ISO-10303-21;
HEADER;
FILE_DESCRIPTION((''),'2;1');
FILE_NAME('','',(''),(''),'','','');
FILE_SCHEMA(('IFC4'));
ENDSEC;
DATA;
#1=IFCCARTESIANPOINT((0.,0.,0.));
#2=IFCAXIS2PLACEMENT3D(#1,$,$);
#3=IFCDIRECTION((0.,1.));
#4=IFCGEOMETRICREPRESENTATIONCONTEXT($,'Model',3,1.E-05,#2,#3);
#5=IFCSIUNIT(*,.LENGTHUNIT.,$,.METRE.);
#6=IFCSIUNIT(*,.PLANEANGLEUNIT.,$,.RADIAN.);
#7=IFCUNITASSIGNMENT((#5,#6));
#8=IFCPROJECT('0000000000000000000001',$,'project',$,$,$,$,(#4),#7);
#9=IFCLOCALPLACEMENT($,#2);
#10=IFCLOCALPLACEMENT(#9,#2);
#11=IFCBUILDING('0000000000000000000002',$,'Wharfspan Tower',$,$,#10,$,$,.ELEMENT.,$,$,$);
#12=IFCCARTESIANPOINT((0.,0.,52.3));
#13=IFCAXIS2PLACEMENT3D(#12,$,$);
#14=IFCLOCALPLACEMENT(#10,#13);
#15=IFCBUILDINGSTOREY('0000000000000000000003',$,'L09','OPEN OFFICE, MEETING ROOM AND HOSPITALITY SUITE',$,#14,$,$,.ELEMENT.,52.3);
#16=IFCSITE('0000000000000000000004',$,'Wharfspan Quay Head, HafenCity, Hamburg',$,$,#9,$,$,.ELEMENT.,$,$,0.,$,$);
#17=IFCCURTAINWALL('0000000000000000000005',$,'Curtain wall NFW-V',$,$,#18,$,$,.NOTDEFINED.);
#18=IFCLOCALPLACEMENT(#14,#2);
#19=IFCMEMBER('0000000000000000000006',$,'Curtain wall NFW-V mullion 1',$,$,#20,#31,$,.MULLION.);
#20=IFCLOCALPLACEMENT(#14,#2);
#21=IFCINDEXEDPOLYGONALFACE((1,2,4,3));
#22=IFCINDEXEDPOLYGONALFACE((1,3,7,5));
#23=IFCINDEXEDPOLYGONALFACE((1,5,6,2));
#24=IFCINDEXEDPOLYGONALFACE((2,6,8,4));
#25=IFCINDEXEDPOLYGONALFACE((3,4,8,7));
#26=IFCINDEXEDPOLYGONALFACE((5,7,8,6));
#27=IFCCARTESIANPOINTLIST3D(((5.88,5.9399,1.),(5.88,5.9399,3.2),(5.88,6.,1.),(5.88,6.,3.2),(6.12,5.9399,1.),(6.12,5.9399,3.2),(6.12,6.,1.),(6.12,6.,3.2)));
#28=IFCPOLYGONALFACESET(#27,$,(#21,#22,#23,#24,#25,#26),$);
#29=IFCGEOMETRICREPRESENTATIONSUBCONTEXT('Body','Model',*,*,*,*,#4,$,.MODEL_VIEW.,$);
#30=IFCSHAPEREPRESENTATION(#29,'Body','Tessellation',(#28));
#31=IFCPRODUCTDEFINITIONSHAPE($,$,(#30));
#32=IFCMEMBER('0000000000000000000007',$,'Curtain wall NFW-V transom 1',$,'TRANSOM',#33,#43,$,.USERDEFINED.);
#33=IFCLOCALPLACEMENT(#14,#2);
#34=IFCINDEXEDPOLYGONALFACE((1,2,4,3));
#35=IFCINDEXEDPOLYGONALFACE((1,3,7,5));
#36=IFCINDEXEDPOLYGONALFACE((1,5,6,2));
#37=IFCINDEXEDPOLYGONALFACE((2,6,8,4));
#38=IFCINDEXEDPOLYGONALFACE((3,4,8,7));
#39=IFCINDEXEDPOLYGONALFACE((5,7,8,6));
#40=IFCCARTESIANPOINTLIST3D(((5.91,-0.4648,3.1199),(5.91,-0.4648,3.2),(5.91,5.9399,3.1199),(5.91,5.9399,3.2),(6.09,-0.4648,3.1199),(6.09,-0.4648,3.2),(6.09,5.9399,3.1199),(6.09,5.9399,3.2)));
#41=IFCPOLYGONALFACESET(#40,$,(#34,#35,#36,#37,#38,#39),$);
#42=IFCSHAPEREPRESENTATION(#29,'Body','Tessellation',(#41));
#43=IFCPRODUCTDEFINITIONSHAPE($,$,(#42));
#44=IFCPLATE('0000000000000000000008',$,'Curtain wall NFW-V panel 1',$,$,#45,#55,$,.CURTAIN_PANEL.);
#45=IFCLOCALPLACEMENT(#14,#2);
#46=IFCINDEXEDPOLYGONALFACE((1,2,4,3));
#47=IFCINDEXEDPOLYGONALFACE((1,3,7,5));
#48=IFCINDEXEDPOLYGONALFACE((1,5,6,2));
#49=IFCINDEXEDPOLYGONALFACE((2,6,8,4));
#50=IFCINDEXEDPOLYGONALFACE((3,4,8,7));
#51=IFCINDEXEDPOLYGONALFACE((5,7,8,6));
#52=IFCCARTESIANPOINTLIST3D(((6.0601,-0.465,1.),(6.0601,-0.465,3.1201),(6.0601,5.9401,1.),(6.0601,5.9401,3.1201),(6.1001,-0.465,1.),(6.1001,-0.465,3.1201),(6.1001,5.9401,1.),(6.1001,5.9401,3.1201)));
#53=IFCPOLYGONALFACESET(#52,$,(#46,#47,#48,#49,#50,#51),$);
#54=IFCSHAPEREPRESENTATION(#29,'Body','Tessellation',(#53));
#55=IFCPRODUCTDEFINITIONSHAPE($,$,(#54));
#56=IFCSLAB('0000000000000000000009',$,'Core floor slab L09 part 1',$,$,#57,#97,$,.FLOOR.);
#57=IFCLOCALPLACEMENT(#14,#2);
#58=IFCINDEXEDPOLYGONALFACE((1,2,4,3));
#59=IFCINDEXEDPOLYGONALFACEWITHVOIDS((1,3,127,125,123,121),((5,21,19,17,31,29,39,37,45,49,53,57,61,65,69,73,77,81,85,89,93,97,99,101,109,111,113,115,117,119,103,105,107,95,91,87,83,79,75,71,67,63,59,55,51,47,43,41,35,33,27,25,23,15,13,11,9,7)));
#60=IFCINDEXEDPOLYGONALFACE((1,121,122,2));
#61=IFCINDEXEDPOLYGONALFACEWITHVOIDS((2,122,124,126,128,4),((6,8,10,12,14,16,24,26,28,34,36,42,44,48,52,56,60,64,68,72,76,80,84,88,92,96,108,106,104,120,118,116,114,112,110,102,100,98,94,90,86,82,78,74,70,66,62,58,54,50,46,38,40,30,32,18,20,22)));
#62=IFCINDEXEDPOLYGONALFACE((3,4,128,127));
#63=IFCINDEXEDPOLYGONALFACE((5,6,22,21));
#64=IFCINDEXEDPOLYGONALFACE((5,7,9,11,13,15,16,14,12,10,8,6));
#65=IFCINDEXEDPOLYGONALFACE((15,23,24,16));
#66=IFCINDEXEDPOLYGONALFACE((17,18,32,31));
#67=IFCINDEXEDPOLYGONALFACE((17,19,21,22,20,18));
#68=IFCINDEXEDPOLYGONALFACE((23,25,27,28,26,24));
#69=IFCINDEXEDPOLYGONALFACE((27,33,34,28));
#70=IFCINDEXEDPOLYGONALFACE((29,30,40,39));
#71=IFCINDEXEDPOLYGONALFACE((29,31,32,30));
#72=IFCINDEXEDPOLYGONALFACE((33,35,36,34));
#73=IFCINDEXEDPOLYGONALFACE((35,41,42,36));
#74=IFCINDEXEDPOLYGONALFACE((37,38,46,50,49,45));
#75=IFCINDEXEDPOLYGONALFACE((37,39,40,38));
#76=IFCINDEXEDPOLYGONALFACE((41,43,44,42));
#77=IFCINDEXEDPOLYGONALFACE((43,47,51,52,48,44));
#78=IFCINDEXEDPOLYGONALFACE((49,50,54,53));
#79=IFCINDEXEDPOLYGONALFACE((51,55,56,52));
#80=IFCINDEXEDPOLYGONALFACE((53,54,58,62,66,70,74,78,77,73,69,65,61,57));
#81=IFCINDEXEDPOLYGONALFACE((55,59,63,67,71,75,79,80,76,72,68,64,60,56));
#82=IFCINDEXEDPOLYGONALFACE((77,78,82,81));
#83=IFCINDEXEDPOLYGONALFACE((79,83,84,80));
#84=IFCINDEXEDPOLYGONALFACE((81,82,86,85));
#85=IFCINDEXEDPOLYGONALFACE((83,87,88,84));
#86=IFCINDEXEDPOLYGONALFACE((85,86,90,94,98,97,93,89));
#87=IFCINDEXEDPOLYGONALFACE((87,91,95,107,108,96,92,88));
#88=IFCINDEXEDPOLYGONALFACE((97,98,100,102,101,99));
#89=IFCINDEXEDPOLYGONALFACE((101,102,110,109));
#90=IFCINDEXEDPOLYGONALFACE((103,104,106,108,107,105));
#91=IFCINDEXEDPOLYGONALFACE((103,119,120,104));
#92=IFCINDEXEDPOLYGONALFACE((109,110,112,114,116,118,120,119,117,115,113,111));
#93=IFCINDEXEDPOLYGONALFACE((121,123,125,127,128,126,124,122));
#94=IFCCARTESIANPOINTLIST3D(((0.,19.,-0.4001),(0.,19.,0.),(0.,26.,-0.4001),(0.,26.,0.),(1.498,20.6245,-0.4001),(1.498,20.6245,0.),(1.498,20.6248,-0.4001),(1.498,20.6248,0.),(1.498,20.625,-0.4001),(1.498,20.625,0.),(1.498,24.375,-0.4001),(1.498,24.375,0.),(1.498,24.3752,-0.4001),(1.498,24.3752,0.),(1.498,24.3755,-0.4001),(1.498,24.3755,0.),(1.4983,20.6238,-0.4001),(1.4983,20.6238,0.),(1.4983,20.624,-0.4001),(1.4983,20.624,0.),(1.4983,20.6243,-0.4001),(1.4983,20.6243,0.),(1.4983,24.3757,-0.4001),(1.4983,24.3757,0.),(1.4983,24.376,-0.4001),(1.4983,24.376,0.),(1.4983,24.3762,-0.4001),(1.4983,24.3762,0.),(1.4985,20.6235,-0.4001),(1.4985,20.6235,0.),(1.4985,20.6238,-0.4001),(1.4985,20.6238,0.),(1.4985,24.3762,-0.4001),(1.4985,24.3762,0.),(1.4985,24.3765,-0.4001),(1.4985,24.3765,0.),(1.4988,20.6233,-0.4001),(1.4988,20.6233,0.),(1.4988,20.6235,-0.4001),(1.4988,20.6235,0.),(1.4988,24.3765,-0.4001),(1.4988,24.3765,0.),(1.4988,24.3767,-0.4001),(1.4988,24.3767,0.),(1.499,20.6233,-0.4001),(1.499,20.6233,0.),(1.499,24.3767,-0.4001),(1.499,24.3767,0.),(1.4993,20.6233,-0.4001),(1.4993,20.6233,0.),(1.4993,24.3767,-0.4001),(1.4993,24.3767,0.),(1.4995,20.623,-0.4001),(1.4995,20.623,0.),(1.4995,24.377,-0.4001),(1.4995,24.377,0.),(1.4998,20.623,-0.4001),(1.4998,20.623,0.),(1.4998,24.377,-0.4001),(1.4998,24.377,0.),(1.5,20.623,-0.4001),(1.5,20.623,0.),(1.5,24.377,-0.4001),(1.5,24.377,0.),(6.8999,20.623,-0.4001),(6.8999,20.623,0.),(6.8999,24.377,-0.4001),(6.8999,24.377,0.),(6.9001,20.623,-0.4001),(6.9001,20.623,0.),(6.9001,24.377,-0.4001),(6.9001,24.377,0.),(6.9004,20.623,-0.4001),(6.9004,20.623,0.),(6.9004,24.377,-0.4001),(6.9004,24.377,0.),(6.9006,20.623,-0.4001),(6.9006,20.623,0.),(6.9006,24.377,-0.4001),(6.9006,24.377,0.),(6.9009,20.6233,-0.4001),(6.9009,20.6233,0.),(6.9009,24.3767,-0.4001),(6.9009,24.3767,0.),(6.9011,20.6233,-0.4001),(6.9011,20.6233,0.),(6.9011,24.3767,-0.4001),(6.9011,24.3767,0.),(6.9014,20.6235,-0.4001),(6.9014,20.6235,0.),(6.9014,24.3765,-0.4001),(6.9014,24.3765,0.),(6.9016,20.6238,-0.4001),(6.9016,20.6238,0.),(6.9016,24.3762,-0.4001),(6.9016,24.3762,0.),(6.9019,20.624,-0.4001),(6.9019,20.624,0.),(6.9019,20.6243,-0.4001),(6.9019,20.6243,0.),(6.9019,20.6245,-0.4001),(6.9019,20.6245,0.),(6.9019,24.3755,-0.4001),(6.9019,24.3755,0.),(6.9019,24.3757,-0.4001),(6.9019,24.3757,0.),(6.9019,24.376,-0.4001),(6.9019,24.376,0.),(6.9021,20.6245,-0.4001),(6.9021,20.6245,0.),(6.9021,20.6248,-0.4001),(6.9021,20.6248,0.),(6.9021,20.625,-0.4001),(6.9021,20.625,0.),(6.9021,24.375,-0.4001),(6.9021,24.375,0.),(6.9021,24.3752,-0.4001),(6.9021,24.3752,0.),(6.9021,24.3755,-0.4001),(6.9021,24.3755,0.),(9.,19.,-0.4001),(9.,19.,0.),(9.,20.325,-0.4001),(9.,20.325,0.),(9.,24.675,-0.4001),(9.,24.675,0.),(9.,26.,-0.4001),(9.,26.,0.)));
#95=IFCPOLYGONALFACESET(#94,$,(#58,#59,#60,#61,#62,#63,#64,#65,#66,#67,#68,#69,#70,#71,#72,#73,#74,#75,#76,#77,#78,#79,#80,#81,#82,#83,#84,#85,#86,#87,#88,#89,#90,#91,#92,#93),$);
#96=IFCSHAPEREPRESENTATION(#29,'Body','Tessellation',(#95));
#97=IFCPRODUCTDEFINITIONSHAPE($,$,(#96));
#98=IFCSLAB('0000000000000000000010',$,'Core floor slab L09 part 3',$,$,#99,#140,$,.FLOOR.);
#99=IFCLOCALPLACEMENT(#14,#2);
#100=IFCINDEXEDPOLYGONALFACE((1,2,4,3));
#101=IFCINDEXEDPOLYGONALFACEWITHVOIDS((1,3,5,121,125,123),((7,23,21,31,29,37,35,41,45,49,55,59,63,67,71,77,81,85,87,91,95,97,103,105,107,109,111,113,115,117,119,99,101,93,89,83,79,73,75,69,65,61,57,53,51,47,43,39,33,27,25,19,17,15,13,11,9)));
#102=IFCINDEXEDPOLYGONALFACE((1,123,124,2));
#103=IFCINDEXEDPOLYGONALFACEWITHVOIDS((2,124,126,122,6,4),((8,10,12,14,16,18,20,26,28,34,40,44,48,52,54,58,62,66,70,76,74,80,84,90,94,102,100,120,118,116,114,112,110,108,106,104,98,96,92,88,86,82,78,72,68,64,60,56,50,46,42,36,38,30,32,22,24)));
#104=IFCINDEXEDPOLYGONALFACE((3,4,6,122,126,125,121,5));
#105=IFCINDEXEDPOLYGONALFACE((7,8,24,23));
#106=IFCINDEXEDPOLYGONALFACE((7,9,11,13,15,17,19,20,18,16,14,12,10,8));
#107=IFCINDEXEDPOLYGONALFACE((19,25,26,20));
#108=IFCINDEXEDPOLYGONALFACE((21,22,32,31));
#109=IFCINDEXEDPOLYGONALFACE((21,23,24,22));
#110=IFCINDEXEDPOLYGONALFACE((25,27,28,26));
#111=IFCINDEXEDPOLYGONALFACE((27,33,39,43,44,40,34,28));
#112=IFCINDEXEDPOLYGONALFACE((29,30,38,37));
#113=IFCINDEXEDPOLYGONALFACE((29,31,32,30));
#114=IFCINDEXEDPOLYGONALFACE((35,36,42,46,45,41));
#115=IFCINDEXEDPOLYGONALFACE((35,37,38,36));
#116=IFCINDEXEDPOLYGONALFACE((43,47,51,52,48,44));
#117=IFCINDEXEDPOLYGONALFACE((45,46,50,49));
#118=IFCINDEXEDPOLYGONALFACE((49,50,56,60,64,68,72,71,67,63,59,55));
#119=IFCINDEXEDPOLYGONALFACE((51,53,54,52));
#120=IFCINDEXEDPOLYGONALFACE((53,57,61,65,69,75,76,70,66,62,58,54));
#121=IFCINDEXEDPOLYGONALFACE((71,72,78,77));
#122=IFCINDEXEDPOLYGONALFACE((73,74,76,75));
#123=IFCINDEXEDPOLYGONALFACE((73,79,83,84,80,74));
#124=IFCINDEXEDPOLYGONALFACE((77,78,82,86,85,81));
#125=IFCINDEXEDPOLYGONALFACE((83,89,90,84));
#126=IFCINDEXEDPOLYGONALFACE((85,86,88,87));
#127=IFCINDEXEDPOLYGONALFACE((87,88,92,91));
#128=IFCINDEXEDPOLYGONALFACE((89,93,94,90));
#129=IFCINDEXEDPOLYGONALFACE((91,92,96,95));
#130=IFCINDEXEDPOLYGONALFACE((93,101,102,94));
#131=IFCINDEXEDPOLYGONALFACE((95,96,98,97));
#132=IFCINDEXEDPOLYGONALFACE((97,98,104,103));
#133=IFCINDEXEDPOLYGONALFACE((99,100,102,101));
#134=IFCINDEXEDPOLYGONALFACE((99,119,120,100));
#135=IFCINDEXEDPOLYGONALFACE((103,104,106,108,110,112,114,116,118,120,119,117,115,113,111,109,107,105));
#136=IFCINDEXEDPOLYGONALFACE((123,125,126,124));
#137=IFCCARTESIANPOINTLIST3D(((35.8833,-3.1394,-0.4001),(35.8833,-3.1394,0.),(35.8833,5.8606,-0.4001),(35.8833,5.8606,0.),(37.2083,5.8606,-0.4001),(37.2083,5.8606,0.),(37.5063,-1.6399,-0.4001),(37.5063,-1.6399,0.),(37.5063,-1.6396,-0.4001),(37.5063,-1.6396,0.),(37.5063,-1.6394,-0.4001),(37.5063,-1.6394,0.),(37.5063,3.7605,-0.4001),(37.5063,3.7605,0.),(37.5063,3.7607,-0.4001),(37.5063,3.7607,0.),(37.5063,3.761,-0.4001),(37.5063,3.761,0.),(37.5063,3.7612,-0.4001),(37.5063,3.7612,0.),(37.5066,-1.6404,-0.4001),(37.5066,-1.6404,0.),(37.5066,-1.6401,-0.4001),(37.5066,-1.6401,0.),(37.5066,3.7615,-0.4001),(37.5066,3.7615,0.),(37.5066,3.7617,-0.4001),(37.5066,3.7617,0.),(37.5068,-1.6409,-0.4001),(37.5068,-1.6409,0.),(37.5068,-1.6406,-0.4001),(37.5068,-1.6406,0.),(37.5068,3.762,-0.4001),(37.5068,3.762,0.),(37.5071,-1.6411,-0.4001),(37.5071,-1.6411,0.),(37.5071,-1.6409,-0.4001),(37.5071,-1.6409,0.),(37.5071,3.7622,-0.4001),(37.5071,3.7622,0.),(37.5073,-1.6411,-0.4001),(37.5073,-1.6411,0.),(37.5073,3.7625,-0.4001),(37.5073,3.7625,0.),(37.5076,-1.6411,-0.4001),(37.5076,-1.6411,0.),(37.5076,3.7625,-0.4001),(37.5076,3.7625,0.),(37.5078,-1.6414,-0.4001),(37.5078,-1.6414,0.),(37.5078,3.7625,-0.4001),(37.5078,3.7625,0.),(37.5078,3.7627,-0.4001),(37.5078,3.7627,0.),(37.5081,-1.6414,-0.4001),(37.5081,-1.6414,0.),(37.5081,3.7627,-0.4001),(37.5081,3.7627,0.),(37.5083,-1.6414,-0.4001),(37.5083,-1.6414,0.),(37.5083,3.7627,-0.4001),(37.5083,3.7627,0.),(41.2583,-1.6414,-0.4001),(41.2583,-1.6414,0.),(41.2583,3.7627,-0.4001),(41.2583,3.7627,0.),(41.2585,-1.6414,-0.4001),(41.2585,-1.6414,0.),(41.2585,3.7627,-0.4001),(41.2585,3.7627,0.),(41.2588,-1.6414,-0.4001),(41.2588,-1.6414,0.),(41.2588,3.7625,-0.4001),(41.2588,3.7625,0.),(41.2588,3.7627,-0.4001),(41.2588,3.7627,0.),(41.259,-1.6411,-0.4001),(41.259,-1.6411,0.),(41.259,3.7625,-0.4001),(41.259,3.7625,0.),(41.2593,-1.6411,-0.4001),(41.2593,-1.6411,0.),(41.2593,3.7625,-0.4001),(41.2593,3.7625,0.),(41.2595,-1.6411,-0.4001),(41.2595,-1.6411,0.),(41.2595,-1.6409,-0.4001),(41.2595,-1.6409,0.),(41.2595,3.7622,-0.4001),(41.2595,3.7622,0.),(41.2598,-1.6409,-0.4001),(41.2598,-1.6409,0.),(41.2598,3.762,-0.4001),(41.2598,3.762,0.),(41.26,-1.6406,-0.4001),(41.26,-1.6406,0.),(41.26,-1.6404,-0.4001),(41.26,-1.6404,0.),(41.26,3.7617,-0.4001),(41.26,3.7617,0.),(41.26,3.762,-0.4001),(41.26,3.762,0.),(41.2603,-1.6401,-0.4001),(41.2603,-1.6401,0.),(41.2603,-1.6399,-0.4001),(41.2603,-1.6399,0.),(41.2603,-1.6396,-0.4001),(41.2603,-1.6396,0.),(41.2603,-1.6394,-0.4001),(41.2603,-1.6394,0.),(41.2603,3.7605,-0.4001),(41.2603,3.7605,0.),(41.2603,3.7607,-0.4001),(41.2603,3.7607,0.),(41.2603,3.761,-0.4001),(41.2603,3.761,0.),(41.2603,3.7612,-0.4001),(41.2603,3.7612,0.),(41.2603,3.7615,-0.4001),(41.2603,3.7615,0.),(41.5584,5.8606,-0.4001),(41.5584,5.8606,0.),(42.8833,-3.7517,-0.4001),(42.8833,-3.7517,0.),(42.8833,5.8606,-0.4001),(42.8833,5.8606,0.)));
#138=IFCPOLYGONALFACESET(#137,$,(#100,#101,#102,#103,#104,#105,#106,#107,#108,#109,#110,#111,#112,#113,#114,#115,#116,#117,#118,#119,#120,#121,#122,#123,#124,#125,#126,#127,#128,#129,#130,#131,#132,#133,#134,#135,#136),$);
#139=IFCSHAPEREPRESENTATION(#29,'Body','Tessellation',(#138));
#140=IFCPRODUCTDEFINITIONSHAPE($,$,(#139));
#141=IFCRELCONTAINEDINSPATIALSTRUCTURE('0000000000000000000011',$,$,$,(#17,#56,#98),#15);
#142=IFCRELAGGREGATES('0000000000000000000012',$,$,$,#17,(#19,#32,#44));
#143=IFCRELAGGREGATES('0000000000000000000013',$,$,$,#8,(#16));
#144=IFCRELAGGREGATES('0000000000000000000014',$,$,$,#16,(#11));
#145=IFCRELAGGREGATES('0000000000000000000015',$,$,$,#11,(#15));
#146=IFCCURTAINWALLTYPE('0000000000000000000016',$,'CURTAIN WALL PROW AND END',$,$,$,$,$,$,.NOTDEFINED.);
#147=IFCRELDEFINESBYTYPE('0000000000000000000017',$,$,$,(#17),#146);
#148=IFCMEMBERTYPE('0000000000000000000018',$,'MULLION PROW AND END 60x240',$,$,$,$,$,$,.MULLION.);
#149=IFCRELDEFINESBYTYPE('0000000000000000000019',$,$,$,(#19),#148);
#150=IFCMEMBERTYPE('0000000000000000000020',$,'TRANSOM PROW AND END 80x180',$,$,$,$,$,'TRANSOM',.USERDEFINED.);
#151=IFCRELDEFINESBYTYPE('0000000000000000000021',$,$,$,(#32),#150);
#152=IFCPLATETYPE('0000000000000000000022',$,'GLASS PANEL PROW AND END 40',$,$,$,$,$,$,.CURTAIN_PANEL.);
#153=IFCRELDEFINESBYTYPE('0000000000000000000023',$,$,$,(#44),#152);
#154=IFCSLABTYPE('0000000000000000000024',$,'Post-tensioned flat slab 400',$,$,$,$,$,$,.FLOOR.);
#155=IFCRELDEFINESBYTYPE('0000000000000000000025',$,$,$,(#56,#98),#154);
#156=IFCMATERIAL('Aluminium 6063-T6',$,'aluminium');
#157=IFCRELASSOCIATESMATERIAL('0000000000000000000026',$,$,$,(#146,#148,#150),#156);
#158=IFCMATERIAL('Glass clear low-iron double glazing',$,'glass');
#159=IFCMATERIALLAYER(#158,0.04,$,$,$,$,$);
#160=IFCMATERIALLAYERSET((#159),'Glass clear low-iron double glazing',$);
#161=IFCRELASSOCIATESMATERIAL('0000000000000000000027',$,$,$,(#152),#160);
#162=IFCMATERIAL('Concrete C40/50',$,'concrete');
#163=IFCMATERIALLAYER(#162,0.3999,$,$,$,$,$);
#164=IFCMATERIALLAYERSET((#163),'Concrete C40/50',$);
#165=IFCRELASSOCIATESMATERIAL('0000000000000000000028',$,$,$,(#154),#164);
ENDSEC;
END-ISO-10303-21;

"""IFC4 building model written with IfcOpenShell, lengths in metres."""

from ifc_helpers import new_model, si_unit, direction, frame, origin, origin_2d, place, context, subcontext, project, spatial, polyline, rectangle, outline, extrude, material, layer, layer_set, material_profile, profile_set, type_object, element, aggregate, save


model = new_model("IFC4")

# Units and contexts
model_context = context("Model", 3, precision=1e-05, world=origin(), true_north=direction((0.0, 1.0)))
body_context = subcontext(model_context, "Body", "Model", "MODEL_VIEW")
ifc_project = project(units=[si_unit("LENGTHUNIT", "METRE"), si_unit("PLANEANGLEUNIT", "RADIAN")], contexts=[model_context])

# Site, building, storey
site_placement = place(None, origin())
site = spatial("IfcSite", under=ifc_project, at=site_placement, Name="Wharfspan Quay Head, HafenCity, Hamburg", CompositionType="ELEMENT", RefElevation=0.0)
building_placement = place(site_placement, origin())
building = spatial("IfcBuilding", under=site, at=building_placement, Name="Wharfspan Tower", CompositionType="ELEMENT")
storey_placement = place(building_placement, frame((0.0, 0.0, 52.3)))
storey = spatial("IfcBuildingStorey", under=building, at=storey_placement, Name="L09", Description="OPEN OFFICE, MEETING ROOM AND HOSPITALITY SUITE", CompositionType="ELEMENT", Elevation=52.3)

# Curtain wall, members, plate
ifc_material_1 = material(Name="Aluminium 6063-T6", Category="aluminium")
curtain_wall_type = type_object("IfcCurtainWallType", Name="CURTAIN WALL PROW AND END", PredefinedType="NOTDEFINED", material=ifc_material_1)
curtain_wall_placement = place(storey_placement, origin())
curtain_wall = element("IfcCurtainWall", 1, at=curtain_wall_placement, inside=storey, type_object=curtain_wall_type, Name="Curtain wall NFW-V", PredefinedType="NOTDEFINED")
ifc_material_profile_1 = material_profile(ifc_material_1, rectangle(XDim=0.24, YDim=0.0601, at=origin_2d()))
ifc_profile_set_1 = profile_set([ifc_material_profile_1], Name="Aluminium 6063-T6")
member_type_1 = type_object("IfcMemberType", Name="MULLION PROW AND END 60x240", PredefinedType="MULLION", material=ifc_profile_set_1)
member_1_placement = place(storey_placement, frame((6.0, 5.97, 1.0), z_axis=(0.0, 0.0, 1.0), x_axis=(1.0, 0.0, 0.0)))
member_1 = element("IfcMember", 2, at=member_1_placement, type_object=member_type_1, Name="Curtain wall NFW-V mullion 1", PredefinedType="MULLION", context=body_context, shape_type="SweptSolid", body=[
    extrude(rectangle(XDim=0.24, YDim=0.0601, at=origin_2d()), origin(), (0.0, 0.0, 1.0), 2.2),
])
ifc_material_profile_2 = material_profile(ifc_material_1, rectangle(XDim=0.1799, YDim=0.0801, at=origin_2d()))
ifc_profile_set_2 = profile_set([ifc_material_profile_2], Name="Aluminium 6063-T6")
member_type_2 = type_object("IfcMemberType", Name="TRANSOM PROW AND END 80x180", ElementType="TRANSOM", PredefinedType="USERDEFINED", material=ifc_profile_set_2)
member_2_placement = place(storey_placement, frame((6.0, 5.9399, 3.1599), z_axis=(0.0, -1.0, 0.0), x_axis=(1.0, 0.0, 0.0)))
member_2 = element("IfcMember", 3, at=member_2_placement, type_object=member_type_2, Name="Curtain wall NFW-V transom 1", ObjectType="TRANSOM", PredefinedType="USERDEFINED", context=body_context, shape_type="SweptSolid", body=[
    extrude(rectangle(XDim=0.1799, YDim=0.0801, at=origin_2d()), origin(), (0.0, 0.0, 1.0), 6.4048),
])
ifc_material_2 = material(Name="Glass clear low-iron double glazing", Category="glass")
ifc_layer_1 = layer(ifc_material_2, 0.04)
ifc_layer_set_1 = layer_set([ifc_layer_1], Name="Glass clear low-iron double glazing")
plate_type = type_object("IfcPlateType", Name="GLASS PANEL PROW AND END 40", PredefinedType="CURTAIN_PANEL", material=ifc_layer_set_1)
plate_placement = place(storey_placement, frame((6.0801, 2.7375, 1.0), z_axis=(0.0, 0.0, 1.0), x_axis=(0.0, -1.0, 0.0)))
plate = element("IfcPlate", 4, at=plate_placement, type_object=plate_type, Name="Curtain wall NFW-V panel 1", PredefinedType="CURTAIN_PANEL", context=body_context, shape_type="SweptSolid", body=[
    extrude(rectangle(XDim=6.405, YDim=0.04, at=origin_2d()), origin(), (0.0, 0.0, 1.0), 2.1201),
])
aggregate(curtain_wall, [member_1, member_2, plate])

# Slabs
ifc_material_3 = material(Name="Concrete C40/50", Category="concrete")
ifc_layer_2 = layer(ifc_material_3, 0.3999)
ifc_layer_set_2 = layer_set([ifc_layer_2], Name="Concrete C40/50")
slab_type = type_object("IfcSlabType", Name="Post-tensioned flat slab 400", PredefinedType="FLOOR", material=ifc_layer_set_2)
slab_1_placement = place(storey_placement, frame((0.0, 0.0, -0.4001)))
element("IfcSlab", 5, at=slab_1_placement, inside=storey, type_object=slab_type, Name="Core floor slab L09 part 1", PredefinedType="FLOOR", context=body_context, shape_type="SweptSolid", body=[
    extrude(outline(polyline([(9.0, 20.325), (9.0, 24.675), (9.0, 26.0), (0.0, 26.0), (0.0, 19.0), (9.0, 19.0), (9.0, 20.325)]), holes=[polyline([(6.9021, 20.625), (6.9021, 20.6248), (6.9021, 20.6245), (6.9019, 20.6245), (6.9019, 20.6243), (6.9019, 20.624), (6.9016, 20.6238), (6.9016, 20.6238), (6.9014, 20.6235), (6.9014, 20.6235), (6.9011, 20.6233), (6.9009, 20.6233), (6.9009, 20.6233), (6.9006, 20.623), (6.9004, 20.623), (6.9001, 20.623), (6.8999, 20.623), (1.5, 20.623), (1.4998, 20.623), (1.4995, 20.623), (1.4995, 20.623), (1.4993, 20.6233), (1.499, 20.6233), (1.4988, 20.6233), (1.4988, 20.6235), (1.4985, 20.6235), (1.4985, 20.6238), (1.4983, 20.6238), (1.4983, 20.624), (1.4983, 20.6243), (1.498, 20.6245), (1.498, 20.6245), (1.498, 20.6248), (1.498, 20.625), (1.498, 24.375), (1.498, 24.3752), (1.498, 24.3755), (1.498, 24.3755), (1.4983, 24.3757), (1.4983, 24.376), (1.4983, 24.3762), (1.4985, 24.3762), (1.4985, 24.3765), (1.4988, 24.3765), (1.4988, 24.3767), (1.499, 24.3767), (1.4993, 24.3767), (1.4995, 24.377), (1.4995, 24.377), (1.4998, 24.377), (1.5, 24.377), (6.8999, 24.377), (6.9001, 24.377), (6.9004, 24.377), (6.9006, 24.377), (6.9009, 24.3767), (6.9009, 24.3767), (6.9011, 24.3767), (6.9014, 24.3765), (6.9014, 24.3765), (6.9016, 24.3762), (6.9016, 24.3762), (6.9019, 24.376), (6.9019, 24.3757), (6.9019, 24.3755), (6.9021, 24.3755), (6.9021, 24.3752), (6.9021, 24.375), (6.9021, 20.625)])]), origin(), (0.0, 0.0, 1.0), 0.4001),
])
slab_2_placement = place(storey_placement, frame((0.0, 0.0, -0.4001)))
element("IfcSlab", 6, at=slab_2_placement, inside=storey, type_object=slab_type, Name="Core floor slab L09 part 3", PredefinedType="FLOOR", context=body_context, shape_type="SweptSolid", body=[
    extrude(outline(polyline([(41.5583, 5.8606), (37.2083, 5.8606), (35.8833, 5.8606), (35.8833, -3.1394), (42.8833, -3.7517), (42.8833, 5.8606), (41.5583, 5.8606)]), holes=[polyline([(37.5063, 3.7605), (37.5063, 3.7607), (37.5063, 3.761), (37.5063, 3.7612), (37.5066, 3.7615), (37.5066, 3.7617), (37.5066, 3.7617), (37.5068, 3.762), (37.5068, 3.762), (37.5071, 3.7622), (37.5071, 3.7622), (37.5073, 3.7625), (37.5076, 3.7625), (37.5078, 3.7625), (37.5078, 3.7627), (37.5081, 3.7627), (37.5083, 3.7627), (41.2583, 3.7627), (41.2585, 3.7627), (41.2588, 3.7627), (41.2588, 3.7625), (41.259, 3.7625), (41.2593, 3.7625), (41.2595, 3.7622), (41.2595, 3.7622), (41.2598, 3.762), (41.26, 3.762), (41.26, 3.7617), (41.26, 3.7617), (41.2603, 3.7615), (41.2603, 3.7612), (41.2603, 3.761), (41.2603, 3.7607), (41.2603, 3.7605), (41.2603, -1.6394), (41.2603, -1.6396), (41.2603, -1.6399), (41.2603, -1.6399), (41.2603, -1.6401), (41.26, -1.6404), (41.26, -1.6404), (41.26, -1.6406), (41.2598, -1.6409), (41.2595, -1.6409), (41.2595, -1.6411), (41.2593, -1.6411), (41.259, -1.6411), (41.2588, -1.6414), (41.2588, -1.6414), (41.2585, -1.6414), (41.2583, -1.6414), (37.5083, -1.6414), (37.5081, -1.6414), (37.5078, -1.6414), (37.5078, -1.6414), (37.5076, -1.6411), (37.5073, -1.6411), (37.5071, -1.6411), (37.5071, -1.6409), (37.5068, -1.6409), (37.5068, -1.6406), (37.5066, -1.6404), (37.5066, -1.6404), (37.5066, -1.6401), (37.5063, -1.6399), (37.5063, -1.6399), (37.5063, -1.6396), (37.5063, -1.6394), (37.5063, 3.7605)])]), origin(), (0.0, 0.0, 1.0), 0.4001),
])

save(model, "model.ifc")
